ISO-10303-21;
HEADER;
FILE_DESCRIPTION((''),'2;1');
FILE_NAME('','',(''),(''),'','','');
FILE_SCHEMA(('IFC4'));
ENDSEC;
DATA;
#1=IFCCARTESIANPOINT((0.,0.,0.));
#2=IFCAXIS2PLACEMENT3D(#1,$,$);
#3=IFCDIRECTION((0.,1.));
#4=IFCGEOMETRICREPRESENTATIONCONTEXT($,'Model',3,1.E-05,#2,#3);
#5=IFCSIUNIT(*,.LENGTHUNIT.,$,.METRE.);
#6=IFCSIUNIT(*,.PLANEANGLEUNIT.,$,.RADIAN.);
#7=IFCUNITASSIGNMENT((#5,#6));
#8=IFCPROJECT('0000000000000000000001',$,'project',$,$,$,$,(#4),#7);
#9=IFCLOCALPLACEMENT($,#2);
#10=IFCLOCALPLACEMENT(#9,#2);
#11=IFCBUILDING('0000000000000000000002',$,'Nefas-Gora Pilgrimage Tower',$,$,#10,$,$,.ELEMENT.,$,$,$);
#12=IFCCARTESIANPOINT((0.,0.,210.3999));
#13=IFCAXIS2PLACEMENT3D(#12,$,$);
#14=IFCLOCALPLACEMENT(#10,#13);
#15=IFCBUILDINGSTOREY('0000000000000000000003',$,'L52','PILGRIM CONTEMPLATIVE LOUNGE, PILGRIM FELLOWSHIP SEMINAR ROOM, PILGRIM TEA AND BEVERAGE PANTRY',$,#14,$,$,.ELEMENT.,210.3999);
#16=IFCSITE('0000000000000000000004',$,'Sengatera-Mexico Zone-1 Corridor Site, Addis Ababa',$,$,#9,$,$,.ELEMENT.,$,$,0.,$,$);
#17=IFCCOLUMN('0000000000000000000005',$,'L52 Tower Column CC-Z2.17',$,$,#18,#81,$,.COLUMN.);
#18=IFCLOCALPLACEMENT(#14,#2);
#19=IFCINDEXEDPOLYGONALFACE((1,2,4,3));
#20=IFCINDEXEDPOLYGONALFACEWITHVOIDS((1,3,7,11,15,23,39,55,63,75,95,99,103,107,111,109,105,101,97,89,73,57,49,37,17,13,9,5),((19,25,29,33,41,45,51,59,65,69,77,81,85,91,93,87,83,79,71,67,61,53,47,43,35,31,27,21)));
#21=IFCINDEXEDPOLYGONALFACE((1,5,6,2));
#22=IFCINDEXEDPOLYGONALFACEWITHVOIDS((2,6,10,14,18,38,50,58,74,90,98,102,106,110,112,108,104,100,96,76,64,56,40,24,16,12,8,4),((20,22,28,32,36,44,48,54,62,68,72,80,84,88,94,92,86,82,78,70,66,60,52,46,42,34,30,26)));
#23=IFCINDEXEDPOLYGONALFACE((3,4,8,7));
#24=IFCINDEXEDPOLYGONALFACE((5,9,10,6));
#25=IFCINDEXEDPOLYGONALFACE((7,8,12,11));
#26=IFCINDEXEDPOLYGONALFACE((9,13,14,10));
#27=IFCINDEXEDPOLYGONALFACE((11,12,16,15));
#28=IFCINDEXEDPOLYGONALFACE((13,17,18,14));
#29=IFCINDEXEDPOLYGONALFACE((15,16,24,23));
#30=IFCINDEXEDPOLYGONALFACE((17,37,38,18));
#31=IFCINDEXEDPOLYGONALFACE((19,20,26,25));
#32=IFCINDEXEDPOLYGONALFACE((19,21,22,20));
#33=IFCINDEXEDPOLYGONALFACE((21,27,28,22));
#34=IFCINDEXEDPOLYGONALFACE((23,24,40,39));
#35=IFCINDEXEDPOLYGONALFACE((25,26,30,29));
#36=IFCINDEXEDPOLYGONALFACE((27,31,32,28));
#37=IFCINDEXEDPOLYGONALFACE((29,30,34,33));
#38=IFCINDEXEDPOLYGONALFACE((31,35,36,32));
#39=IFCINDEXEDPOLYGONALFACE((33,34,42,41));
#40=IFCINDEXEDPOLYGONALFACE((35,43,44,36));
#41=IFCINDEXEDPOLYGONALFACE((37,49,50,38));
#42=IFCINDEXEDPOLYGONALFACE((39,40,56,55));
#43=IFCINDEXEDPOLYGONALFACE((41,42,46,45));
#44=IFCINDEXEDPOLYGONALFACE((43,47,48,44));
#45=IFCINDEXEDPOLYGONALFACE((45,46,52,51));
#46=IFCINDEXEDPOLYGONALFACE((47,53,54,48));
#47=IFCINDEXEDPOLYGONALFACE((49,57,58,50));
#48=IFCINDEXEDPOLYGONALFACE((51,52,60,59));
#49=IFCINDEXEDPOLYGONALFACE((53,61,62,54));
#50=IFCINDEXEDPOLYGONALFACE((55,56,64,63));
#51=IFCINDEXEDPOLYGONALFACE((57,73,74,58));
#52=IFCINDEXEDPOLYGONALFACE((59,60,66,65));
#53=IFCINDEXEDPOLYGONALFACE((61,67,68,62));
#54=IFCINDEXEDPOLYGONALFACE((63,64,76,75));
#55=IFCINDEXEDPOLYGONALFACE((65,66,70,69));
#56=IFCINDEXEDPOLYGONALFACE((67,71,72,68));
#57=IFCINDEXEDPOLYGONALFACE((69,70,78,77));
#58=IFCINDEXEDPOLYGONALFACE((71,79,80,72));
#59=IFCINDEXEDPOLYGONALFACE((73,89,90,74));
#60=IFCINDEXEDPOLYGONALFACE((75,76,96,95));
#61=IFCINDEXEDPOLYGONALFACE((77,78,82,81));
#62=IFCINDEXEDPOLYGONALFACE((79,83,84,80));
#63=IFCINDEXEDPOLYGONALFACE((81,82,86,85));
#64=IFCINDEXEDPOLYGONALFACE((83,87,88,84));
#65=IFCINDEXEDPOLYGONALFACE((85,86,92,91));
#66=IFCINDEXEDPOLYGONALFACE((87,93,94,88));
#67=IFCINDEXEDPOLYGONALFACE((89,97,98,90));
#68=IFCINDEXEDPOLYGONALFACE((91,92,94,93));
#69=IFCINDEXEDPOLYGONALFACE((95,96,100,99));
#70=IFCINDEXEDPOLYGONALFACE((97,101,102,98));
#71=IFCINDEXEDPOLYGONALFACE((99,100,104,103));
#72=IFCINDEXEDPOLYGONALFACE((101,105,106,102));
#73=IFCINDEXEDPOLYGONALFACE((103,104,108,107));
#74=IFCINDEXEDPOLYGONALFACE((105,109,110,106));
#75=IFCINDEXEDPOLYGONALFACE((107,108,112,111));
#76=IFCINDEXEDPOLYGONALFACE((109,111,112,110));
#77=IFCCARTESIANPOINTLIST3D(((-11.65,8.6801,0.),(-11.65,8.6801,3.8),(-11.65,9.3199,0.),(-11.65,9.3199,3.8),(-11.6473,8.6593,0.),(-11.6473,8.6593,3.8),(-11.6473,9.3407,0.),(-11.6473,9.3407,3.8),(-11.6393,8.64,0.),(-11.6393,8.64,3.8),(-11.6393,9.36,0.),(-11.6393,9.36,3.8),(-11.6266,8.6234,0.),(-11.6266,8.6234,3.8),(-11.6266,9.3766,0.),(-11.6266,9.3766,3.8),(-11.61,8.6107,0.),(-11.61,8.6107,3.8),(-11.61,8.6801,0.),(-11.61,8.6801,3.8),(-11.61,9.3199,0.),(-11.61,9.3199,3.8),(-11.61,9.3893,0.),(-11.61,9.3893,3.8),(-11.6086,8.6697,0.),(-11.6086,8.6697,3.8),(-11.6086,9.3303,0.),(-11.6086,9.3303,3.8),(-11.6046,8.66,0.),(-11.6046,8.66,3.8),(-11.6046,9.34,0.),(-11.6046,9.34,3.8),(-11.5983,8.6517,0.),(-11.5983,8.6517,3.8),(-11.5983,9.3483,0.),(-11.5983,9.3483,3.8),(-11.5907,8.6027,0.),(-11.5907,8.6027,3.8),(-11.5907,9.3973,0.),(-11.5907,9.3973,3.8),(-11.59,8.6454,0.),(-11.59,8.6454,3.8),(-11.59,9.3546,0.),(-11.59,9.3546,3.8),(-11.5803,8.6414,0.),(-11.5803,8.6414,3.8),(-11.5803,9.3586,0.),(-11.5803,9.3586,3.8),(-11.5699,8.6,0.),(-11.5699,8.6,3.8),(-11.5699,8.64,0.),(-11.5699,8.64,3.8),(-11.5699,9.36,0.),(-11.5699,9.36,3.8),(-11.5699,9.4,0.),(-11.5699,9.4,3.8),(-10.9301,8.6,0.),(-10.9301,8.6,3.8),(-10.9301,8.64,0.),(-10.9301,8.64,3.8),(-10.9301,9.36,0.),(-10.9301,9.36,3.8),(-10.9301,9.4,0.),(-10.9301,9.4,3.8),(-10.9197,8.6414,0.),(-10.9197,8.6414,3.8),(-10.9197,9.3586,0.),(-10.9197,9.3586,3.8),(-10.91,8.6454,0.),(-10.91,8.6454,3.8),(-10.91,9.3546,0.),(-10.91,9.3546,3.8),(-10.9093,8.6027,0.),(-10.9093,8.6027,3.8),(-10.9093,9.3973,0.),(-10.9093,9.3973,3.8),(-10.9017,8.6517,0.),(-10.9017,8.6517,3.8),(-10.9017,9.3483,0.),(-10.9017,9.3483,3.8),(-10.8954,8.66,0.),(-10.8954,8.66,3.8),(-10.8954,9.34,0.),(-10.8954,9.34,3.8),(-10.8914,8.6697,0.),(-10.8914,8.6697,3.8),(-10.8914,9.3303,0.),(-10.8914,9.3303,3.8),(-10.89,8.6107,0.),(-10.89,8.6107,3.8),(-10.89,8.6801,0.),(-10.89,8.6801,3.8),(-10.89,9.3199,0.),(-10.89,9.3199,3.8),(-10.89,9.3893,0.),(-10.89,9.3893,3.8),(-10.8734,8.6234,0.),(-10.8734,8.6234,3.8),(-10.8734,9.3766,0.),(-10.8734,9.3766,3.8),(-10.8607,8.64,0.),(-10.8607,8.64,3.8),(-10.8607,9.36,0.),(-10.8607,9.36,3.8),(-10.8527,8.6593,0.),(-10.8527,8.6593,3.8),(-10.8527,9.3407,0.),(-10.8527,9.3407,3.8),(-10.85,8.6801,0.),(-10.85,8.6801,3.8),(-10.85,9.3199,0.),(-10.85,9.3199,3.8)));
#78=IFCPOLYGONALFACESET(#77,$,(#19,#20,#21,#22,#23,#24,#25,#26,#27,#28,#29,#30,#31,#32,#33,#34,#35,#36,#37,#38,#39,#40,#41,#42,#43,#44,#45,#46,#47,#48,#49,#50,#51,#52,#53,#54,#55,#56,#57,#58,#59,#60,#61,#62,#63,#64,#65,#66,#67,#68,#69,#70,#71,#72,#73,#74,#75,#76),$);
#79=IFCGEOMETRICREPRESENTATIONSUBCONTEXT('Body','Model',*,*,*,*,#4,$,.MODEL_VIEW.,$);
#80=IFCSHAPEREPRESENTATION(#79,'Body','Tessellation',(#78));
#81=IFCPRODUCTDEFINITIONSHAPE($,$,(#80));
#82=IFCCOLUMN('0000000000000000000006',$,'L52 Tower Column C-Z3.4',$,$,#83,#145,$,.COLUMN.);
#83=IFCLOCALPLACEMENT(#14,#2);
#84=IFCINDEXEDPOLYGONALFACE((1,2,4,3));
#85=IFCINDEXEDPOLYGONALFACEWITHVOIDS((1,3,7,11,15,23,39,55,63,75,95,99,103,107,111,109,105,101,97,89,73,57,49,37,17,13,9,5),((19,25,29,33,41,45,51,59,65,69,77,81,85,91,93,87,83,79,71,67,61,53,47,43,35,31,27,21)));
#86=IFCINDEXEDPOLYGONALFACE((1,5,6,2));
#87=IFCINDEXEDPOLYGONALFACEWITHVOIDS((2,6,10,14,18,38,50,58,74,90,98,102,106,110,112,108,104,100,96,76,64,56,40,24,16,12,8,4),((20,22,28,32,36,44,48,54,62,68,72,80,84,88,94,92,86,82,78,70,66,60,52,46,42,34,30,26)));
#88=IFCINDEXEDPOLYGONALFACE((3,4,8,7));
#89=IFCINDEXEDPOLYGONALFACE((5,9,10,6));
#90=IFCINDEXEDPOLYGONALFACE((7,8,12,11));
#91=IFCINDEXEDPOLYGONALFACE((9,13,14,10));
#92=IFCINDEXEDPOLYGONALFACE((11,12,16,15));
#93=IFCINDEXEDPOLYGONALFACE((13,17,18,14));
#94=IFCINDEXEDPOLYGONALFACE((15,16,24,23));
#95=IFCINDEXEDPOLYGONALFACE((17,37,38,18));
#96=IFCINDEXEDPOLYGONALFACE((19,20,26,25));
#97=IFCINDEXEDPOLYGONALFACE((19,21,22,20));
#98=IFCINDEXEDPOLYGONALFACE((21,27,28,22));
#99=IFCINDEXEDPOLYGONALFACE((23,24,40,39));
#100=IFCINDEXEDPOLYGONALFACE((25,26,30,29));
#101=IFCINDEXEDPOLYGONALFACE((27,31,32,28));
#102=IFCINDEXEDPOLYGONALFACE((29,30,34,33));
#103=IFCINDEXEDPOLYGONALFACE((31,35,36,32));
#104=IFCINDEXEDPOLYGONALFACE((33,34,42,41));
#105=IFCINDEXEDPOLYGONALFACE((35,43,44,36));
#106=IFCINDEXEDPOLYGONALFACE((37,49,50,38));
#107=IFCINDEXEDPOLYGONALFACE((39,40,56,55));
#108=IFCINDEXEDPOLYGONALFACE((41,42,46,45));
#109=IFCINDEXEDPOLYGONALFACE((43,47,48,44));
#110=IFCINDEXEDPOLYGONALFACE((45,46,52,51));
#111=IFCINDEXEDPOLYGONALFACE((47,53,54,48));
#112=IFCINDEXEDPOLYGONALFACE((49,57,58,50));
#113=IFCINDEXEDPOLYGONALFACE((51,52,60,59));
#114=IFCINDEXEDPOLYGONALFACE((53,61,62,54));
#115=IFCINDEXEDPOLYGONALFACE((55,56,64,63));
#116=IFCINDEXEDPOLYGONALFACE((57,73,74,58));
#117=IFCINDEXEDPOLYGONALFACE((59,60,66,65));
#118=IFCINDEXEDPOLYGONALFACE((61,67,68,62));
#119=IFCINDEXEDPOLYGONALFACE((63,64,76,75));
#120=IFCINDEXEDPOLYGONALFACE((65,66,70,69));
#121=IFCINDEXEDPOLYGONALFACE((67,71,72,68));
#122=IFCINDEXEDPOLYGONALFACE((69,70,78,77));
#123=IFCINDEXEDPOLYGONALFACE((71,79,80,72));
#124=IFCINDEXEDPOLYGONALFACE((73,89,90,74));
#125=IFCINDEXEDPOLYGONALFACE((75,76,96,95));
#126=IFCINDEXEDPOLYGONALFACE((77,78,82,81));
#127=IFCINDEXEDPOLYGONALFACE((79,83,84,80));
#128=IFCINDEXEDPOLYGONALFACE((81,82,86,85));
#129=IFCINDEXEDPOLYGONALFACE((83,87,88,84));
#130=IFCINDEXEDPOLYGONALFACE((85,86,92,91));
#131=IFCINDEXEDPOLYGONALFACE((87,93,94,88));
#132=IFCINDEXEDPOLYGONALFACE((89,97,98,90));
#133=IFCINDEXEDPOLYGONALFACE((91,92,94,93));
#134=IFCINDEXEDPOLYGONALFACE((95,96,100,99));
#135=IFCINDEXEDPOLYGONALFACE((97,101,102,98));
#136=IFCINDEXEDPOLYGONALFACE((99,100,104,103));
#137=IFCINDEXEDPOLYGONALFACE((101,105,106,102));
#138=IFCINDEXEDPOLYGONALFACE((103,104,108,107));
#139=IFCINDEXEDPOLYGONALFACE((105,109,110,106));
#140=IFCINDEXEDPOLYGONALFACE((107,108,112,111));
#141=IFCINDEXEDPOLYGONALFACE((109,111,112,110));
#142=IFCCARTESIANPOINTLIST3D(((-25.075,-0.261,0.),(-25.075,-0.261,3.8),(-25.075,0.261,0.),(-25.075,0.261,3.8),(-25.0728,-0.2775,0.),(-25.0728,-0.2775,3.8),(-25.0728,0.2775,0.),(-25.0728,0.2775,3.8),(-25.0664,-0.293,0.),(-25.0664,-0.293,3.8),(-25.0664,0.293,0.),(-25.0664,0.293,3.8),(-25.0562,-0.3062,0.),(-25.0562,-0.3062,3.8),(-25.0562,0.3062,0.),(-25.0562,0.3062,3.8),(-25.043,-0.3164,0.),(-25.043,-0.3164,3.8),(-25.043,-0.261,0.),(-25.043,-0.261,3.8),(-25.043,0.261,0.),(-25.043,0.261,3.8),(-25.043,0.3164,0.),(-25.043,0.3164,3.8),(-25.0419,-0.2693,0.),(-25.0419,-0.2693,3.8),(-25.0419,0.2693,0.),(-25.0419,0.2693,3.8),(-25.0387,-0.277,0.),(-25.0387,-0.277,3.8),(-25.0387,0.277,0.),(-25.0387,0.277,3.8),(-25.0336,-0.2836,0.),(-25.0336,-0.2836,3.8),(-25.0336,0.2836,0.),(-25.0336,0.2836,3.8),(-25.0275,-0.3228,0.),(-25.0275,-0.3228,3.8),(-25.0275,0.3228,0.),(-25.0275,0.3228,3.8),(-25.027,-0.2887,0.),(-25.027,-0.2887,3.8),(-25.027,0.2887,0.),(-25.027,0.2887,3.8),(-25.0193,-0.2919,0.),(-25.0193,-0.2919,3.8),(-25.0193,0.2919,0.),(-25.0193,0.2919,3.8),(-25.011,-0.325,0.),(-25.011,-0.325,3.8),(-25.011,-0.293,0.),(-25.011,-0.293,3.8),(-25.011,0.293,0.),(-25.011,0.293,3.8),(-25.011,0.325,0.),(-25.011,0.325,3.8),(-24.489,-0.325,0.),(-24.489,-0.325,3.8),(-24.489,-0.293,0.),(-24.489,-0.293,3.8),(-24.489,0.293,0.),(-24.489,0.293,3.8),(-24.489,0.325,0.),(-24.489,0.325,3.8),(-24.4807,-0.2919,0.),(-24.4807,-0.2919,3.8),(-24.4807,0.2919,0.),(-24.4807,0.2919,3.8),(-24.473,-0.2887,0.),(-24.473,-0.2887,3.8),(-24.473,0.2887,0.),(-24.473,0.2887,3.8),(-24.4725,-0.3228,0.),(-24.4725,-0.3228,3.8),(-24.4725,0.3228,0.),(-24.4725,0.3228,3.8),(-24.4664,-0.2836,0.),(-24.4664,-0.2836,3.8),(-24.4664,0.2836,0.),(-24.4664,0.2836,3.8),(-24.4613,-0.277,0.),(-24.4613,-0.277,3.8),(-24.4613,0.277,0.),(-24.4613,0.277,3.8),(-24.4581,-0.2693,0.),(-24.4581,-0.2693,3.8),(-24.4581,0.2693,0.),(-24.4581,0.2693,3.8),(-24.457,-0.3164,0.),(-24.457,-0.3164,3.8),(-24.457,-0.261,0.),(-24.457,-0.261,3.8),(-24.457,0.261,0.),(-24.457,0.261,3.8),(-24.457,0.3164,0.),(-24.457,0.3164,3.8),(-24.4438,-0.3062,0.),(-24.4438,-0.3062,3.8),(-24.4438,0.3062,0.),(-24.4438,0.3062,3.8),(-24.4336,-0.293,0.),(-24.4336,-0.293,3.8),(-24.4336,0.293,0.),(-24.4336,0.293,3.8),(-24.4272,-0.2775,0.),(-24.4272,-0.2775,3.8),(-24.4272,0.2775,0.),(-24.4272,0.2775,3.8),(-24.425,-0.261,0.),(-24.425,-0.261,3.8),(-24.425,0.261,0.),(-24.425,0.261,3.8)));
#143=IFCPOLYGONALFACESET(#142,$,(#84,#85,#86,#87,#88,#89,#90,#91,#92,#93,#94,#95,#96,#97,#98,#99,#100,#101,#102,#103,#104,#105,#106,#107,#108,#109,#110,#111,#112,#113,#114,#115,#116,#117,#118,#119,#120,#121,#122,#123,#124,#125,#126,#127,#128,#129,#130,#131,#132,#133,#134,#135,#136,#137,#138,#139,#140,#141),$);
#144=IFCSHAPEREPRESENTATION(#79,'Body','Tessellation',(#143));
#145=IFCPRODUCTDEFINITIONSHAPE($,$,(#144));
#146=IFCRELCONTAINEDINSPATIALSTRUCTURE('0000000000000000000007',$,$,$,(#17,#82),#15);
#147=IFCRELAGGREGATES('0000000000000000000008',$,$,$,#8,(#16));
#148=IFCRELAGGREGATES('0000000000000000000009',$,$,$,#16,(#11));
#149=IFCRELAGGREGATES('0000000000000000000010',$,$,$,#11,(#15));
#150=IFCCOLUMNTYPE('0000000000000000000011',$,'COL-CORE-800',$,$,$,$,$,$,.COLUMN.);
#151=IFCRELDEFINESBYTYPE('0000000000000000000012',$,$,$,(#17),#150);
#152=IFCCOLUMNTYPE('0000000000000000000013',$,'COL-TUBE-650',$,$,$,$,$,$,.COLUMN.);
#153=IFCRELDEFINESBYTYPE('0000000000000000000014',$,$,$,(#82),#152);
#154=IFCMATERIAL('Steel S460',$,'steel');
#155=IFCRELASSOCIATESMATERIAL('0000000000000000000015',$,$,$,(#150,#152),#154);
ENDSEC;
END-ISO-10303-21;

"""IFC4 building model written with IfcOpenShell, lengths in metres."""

from ifc_helpers import new_model, si_unit, direction, frame, origin, origin_2d, place, context, subcontext, project, spatial, hollow_rectangle, extrude, source, transform, mapped, material, material_profile, profile_set, type_object, element, save


model = new_model("IFC4")

# Units and contexts
model_context = context("Model", 3, precision=1e-05, world=origin(), true_north=direction((0.0, 1.0)))
body_context = subcontext(model_context, "Body", "Model", "MODEL_VIEW")
ifc_project = project(units=[si_unit("LENGTHUNIT", "METRE"), si_unit("PLANEANGLEUNIT", "RADIAN")], contexts=[model_context])

# Site, building, storey
site_placement = place(None, origin())
site = spatial("IfcSite", under=ifc_project, at=site_placement, Name="Sengatera-Mexico Zone-1 Corridor Site, Addis Ababa", CompositionType="ELEMENT", RefElevation=0.0)
building_placement = place(site_placement, origin())
building = spatial("IfcBuilding", under=site, at=building_placement, Name="Nefas-Gora Pilgrimage Tower", CompositionType="ELEMENT")
storey_placement = place(building_placement, frame((0.0, 0.0, 210.3999)))
storey = spatial("IfcBuildingStorey", under=building, at=storey_placement, Name="L52", Description="PILGRIM CONTEMPLATIVE LOUNGE, PILGRIM FELLOWSHIP SEMINAR ROOM, PILGRIM TEA AND BEVERAGE PANTRY", CompositionType="ELEMENT", Elevation=210.3999)

# Columns
ifc_material_1 = material(Name="Steel S460", Category="steel")
ifc_material_profile_1 = material_profile(ifc_material_1, hollow_rectangle(XDim=0.8, YDim=0.8, WallThickness=0.04, InnerFilletRadius=0.04, OuterFilletRadius=0.0801, at=origin_2d()), Name="BOX 800x800x40")
ifc_profile_set_1 = profile_set([ifc_material_profile_1], Name="Steel S460")
column_type_1 = type_object("IfcColumnType", Name="COL-CORE-800", PredefinedType="COLUMN", material=ifc_profile_set_1)
shared_shape_1 = source(origin(), body_context, "Body", "SweptSolid", [
    extrude(hollow_rectangle(XDim=0.8, YDim=0.8, WallThickness=0.04, InnerFilletRadius=0.04, OuterFilletRadius=0.0801, at=origin_2d()), origin(), (0.0, 0.0, 1.0), 3.8),
])
column_placement = place(storey_placement, frame((-11.25, 9.0, 0.0), z_axis=(0.0, 0.0, 1.0), x_axis=(1.0, 0.0, 0.0)))
element("IfcColumn", 1, at=column_placement, inside=storey, type_object=column_type_1, Name="L52 Tower Column CC-Z2.17", PredefinedType="COLUMN", context=body_context, shape_type="MappedRepresentation", body=[
    mapped(shared_shape_1, transform((0.0, 0.0, 0.0), x_axis=(1.0, 0.0, 0.0), y_axis=(0.0, 1.0, 0.0), z_axis=(0.0, 0.0, 1.0), scale=1.0)),
])
ifc_material_profile_2 = material_profile(ifc_material_1, hollow_rectangle(XDim=0.6499, YDim=0.6499, WallThickness=0.032, InnerFilletRadius=0.032, OuterFilletRadius=0.064, at=origin_2d()), Name="BOX 650x650x32")
ifc_profile_set_2 = profile_set([ifc_material_profile_2], Name="Steel S460")
column_type_2 = type_object("IfcColumnType", Name="COL-TUBE-650", PredefinedType="COLUMN", material=ifc_profile_set_2)
shared_shape_2 = source(origin(), body_context, "Body", "SweptSolid", [
    extrude(hollow_rectangle(XDim=0.6499, YDim=0.6499, WallThickness=0.032, InnerFilletRadius=0.032, OuterFilletRadius=0.064, at=origin_2d()), origin(), (0.0, 0.0, 1.0), 3.8),
])
for number, where, z_axis, x_axis, name in (
    (2, (-24.75, 0.0, 0.0), (0.0, 0.0, 1.0), (1.0, 0.0, 0.0), "L52 Tower Column C-Z3.4"),
):
    element("IfcColumn", number, at=place(storey_placement, frame(where, z_axis=z_axis, x_axis=x_axis)), inside=storey, type_object=column_type_2, Name=name, PredefinedType="COLUMN", context=body_context, shape_type="MappedRepresentation", body=[
        mapped(shared_shape_2, transform((0.0, 0.0, 0.0), x_axis=(1.0, 0.0, 0.0), y_axis=(0.0, 1.0, 0.0), z_axis=(0.0, 0.0, 1.0), scale=1.0)),
    ])

save(model, "model.ifc")
